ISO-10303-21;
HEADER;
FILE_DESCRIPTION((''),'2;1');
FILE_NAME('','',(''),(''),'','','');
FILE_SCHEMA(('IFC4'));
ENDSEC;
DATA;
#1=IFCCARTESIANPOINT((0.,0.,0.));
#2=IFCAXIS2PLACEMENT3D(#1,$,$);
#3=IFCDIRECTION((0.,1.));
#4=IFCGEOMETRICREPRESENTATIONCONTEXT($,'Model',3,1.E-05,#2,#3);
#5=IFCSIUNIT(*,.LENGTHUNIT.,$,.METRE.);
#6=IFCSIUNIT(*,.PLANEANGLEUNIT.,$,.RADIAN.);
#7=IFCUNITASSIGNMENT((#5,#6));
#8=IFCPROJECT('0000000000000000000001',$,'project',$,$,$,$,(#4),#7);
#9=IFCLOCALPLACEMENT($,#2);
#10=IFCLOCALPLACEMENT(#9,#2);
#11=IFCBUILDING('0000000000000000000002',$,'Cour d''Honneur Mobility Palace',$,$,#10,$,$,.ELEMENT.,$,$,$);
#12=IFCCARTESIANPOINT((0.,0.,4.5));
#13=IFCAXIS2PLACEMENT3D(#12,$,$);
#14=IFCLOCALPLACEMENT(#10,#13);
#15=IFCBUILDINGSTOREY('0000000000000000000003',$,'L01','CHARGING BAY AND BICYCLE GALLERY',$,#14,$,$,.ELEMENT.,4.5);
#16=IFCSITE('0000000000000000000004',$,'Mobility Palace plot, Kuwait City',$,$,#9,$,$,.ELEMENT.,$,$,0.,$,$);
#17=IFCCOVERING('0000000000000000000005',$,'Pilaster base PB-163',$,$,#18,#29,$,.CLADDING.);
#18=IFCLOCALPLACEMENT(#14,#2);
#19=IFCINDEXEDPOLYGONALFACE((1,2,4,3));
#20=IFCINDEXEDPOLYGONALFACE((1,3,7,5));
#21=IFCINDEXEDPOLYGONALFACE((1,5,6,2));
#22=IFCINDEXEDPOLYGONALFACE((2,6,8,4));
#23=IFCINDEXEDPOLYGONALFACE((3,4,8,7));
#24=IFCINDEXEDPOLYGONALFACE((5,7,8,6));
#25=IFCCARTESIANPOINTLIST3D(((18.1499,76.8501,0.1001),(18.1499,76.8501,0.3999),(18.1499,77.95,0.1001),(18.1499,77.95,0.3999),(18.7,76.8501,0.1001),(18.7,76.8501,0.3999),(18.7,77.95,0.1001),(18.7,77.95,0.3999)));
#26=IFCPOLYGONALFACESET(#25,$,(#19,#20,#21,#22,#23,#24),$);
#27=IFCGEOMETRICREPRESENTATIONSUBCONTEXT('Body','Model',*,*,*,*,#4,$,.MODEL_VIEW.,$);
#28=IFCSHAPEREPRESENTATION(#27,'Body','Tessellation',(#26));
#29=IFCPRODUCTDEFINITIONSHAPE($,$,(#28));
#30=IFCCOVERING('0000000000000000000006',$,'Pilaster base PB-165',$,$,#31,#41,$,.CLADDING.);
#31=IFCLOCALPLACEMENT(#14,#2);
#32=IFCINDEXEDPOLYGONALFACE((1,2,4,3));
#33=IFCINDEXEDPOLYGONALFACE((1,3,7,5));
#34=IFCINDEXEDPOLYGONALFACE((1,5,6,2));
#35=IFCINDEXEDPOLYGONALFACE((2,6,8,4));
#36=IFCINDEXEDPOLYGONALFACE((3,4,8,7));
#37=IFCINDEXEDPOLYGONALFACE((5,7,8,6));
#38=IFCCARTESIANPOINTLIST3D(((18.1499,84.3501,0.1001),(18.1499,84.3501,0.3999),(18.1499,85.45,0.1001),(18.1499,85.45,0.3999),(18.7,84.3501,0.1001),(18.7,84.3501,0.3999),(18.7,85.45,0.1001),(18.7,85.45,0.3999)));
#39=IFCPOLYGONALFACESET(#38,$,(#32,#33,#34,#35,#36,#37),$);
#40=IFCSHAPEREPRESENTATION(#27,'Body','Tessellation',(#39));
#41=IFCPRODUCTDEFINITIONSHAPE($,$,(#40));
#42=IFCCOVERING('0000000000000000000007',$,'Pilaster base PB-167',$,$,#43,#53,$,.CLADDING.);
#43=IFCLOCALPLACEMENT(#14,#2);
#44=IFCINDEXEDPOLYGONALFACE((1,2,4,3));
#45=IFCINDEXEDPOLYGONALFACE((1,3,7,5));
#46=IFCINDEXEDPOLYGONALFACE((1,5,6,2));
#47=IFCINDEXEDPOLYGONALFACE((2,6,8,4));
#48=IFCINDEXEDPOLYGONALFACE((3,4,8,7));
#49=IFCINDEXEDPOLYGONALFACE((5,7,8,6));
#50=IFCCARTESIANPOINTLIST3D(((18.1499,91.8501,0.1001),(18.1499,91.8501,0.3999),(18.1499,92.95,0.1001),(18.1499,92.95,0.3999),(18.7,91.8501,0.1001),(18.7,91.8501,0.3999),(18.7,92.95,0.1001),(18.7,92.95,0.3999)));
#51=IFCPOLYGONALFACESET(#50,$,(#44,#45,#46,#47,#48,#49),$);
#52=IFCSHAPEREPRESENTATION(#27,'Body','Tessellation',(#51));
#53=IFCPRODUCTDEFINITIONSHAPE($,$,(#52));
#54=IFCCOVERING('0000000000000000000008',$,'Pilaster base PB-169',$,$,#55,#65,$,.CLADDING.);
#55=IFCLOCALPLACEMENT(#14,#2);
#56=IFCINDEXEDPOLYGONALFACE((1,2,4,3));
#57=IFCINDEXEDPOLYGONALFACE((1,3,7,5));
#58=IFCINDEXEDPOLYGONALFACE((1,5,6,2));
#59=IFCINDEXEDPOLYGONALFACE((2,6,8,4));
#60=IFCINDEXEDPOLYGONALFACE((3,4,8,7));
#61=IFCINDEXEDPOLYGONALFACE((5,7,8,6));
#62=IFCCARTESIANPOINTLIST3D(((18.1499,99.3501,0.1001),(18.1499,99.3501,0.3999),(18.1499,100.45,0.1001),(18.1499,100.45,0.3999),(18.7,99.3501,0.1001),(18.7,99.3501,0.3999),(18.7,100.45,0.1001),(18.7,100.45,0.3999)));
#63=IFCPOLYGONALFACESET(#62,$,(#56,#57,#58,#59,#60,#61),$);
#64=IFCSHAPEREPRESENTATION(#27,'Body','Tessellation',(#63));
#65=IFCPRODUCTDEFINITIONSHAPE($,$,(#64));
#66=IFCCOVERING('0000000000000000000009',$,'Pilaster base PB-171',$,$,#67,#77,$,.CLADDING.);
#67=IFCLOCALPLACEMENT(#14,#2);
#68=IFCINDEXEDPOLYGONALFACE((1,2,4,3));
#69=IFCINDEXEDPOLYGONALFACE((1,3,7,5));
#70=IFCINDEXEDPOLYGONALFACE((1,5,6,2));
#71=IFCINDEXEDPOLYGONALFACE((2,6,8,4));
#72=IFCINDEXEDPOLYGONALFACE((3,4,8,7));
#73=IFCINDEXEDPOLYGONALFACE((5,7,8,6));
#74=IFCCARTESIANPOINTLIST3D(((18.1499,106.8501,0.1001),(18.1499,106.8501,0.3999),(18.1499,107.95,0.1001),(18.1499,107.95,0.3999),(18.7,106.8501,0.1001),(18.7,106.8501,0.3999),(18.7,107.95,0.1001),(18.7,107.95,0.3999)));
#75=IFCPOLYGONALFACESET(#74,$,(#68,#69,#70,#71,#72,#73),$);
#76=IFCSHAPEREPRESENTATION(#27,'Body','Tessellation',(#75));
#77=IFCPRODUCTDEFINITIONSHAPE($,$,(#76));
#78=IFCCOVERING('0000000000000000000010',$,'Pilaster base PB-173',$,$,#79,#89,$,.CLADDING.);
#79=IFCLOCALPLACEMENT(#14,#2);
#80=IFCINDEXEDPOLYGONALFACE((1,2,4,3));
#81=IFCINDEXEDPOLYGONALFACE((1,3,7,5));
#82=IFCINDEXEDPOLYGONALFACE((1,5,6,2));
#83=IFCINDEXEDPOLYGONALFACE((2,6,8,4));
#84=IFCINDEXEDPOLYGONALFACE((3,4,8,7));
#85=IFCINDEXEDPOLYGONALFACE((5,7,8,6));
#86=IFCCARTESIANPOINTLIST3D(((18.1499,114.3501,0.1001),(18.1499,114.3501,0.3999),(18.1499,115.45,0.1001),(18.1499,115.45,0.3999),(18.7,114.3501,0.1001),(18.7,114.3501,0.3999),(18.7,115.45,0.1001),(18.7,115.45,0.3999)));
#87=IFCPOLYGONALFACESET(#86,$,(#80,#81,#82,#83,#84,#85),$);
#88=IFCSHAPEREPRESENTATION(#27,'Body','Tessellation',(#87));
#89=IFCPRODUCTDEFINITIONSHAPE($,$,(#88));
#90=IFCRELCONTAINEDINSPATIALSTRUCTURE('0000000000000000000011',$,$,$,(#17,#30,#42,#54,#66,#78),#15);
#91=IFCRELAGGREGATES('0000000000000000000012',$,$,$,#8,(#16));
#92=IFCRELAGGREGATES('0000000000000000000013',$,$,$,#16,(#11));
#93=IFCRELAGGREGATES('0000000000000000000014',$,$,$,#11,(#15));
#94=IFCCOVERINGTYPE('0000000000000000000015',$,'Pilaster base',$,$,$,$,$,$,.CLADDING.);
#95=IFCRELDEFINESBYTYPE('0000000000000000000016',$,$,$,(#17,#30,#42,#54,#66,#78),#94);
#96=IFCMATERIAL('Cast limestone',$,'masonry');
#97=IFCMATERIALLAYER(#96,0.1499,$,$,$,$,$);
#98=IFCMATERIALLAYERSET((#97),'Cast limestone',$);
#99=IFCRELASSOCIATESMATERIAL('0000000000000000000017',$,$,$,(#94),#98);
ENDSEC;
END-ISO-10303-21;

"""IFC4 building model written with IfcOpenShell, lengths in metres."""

from ifc_helpers import new_model, si_unit, direction, frame, origin, place, context, subcontext, project, spatial, polyline, outline, extrude, material, layer, layer_set, type_object, element, save


model = new_model("IFC4")

# Units and contexts
model_context = context("Model", 3, precision=1e-05, world=origin(), true_north=direction((0.0, 1.0)))
body_context = subcontext(model_context, "Body", "Model", "MODEL_VIEW")
ifc_project = project(units=[si_unit("LENGTHUNIT", "METRE"), si_unit("PLANEANGLEUNIT", "RADIAN")], contexts=[model_context])

# Site, building, storey
site_placement = place(None, origin())
site = spatial("IfcSite", under=ifc_project, at=site_placement, Name="Mobility Palace plot, Kuwait City", CompositionType="ELEMENT", RefElevation=0.0)
building_placement = place(site_placement, origin())
building = spatial("IfcBuilding", under=site, at=building_placement, Name="Cour d'Honneur Mobility Palace", CompositionType="ELEMENT")
storey_placement = place(building_placement, frame((0.0, 0.0, 4.5)))
storey = spatial("IfcBuildingStorey", under=building, at=storey_placement, Name="L01", Description="CHARGING BAY AND BICYCLE GALLERY", CompositionType="ELEMENT", Elevation=4.5)

# Coverings
ifc_material = material(Name="Cast limestone", Category="masonry")
ifc_layer = layer(ifc_material, 0.1499)
ifc_layer_set = layer_set([ifc_layer], Name="Cast limestone")
covering_type = type_object("IfcCoveringType", Name="Pilaster base", PredefinedType="CLADDING", material=ifc_layer_set)
covering_1_placement = place(storey_placement, frame((0.0, 0.0, 0.1001)))
element("IfcCovering", 1, at=covering_1_placement, inside=storey, type_object=covering_type, Name="Pilaster base PB-163", PredefinedType="CLADDING", context=body_context, shape_type="SweptSolid", body=[
    extrude(outline(polyline([(18.1499, 76.8501), (18.1499, 77.95), (18.7, 77.95), (18.7, 76.8501), (18.1499, 76.8501)])), origin(), (0.0, 0.0, 1.0), 0.2998),
])
covering_2_placement = place(storey_placement, frame((0.0, 0.0, 0.1001)))
element("IfcCovering", 2, at=covering_2_placement, inside=storey, type_object=covering_type, Name="Pilaster base PB-165", PredefinedType="CLADDING", context=body_context, shape_type="SweptSolid", body=[
    extrude(outline(polyline([(18.1499, 84.3501), (18.1499, 85.45), (18.7, 85.45), (18.7, 84.3501), (18.1499, 84.3501)])), origin(), (0.0, 0.0, 1.0), 0.2998),
])
covering_3_placement = place(storey_placement, frame((0.0, 0.0, 0.1001)))
element("IfcCovering", 3, at=covering_3_placement, inside=storey, type_object=covering_type, Name="Pilaster base PB-167", PredefinedType="CLADDING", context=body_context, shape_type="SweptSolid", body=[
    extrude(outline(polyline([(18.1499, 91.8501), (18.1499, 92.95), (18.7, 92.95), (18.7, 91.8501), (18.1499, 91.8501)])), origin(), (0.0, 0.0, 1.0), 0.2998),
])
covering_4_placement = place(storey_placement, frame((0.0, 0.0, 0.1001)))
element("IfcCovering", 4, at=covering_4_placement, inside=storey, type_object=covering_type, Name="Pilaster base PB-169", PredefinedType="CLADDING", context=body_context, shape_type="SweptSolid", body=[
    extrude(outline(polyline([(18.1499, 99.3501), (18.1499, 100.45), (18.7, 100.45), (18.7, 99.3501), (18.1499, 99.3501)])), origin(), (0.0, 0.0, 1.0), 0.2998),
])
covering_5_placement = place(storey_placement, frame((0.0, 0.0, 0.1001)))
element("IfcCovering", 5, at=covering_5_placement, inside=storey, type_object=covering_type, Name="Pilaster base PB-171", PredefinedType="CLADDING", context=body_context, shape_type="SweptSolid", body=[
    extrude(outline(polyline([(18.1499, 106.8501), (18.1499, 107.95), (18.7, 107.95), (18.7, 106.8501), (18.1499, 106.8501)])), origin(), (0.0, 0.0, 1.0), 0.2998),
])
covering_6_placement = place(storey_placement, frame((0.0, 0.0, 0.1001)))
element("IfcCovering", 6, at=covering_6_placement, inside=storey, type_object=covering_type, Name="Pilaster base PB-173", PredefinedType="CLADDING", context=body_context, shape_type="SweptSolid", body=[
    extrude(outline(polyline([(18.1499, 114.3501), (18.1499, 115.45), (18.7, 115.45), (18.7, 114.3501), (18.1499, 114.3501)])), origin(), (0.0, 0.0, 1.0), 0.2998),
])

save(model, "model.ifc")
